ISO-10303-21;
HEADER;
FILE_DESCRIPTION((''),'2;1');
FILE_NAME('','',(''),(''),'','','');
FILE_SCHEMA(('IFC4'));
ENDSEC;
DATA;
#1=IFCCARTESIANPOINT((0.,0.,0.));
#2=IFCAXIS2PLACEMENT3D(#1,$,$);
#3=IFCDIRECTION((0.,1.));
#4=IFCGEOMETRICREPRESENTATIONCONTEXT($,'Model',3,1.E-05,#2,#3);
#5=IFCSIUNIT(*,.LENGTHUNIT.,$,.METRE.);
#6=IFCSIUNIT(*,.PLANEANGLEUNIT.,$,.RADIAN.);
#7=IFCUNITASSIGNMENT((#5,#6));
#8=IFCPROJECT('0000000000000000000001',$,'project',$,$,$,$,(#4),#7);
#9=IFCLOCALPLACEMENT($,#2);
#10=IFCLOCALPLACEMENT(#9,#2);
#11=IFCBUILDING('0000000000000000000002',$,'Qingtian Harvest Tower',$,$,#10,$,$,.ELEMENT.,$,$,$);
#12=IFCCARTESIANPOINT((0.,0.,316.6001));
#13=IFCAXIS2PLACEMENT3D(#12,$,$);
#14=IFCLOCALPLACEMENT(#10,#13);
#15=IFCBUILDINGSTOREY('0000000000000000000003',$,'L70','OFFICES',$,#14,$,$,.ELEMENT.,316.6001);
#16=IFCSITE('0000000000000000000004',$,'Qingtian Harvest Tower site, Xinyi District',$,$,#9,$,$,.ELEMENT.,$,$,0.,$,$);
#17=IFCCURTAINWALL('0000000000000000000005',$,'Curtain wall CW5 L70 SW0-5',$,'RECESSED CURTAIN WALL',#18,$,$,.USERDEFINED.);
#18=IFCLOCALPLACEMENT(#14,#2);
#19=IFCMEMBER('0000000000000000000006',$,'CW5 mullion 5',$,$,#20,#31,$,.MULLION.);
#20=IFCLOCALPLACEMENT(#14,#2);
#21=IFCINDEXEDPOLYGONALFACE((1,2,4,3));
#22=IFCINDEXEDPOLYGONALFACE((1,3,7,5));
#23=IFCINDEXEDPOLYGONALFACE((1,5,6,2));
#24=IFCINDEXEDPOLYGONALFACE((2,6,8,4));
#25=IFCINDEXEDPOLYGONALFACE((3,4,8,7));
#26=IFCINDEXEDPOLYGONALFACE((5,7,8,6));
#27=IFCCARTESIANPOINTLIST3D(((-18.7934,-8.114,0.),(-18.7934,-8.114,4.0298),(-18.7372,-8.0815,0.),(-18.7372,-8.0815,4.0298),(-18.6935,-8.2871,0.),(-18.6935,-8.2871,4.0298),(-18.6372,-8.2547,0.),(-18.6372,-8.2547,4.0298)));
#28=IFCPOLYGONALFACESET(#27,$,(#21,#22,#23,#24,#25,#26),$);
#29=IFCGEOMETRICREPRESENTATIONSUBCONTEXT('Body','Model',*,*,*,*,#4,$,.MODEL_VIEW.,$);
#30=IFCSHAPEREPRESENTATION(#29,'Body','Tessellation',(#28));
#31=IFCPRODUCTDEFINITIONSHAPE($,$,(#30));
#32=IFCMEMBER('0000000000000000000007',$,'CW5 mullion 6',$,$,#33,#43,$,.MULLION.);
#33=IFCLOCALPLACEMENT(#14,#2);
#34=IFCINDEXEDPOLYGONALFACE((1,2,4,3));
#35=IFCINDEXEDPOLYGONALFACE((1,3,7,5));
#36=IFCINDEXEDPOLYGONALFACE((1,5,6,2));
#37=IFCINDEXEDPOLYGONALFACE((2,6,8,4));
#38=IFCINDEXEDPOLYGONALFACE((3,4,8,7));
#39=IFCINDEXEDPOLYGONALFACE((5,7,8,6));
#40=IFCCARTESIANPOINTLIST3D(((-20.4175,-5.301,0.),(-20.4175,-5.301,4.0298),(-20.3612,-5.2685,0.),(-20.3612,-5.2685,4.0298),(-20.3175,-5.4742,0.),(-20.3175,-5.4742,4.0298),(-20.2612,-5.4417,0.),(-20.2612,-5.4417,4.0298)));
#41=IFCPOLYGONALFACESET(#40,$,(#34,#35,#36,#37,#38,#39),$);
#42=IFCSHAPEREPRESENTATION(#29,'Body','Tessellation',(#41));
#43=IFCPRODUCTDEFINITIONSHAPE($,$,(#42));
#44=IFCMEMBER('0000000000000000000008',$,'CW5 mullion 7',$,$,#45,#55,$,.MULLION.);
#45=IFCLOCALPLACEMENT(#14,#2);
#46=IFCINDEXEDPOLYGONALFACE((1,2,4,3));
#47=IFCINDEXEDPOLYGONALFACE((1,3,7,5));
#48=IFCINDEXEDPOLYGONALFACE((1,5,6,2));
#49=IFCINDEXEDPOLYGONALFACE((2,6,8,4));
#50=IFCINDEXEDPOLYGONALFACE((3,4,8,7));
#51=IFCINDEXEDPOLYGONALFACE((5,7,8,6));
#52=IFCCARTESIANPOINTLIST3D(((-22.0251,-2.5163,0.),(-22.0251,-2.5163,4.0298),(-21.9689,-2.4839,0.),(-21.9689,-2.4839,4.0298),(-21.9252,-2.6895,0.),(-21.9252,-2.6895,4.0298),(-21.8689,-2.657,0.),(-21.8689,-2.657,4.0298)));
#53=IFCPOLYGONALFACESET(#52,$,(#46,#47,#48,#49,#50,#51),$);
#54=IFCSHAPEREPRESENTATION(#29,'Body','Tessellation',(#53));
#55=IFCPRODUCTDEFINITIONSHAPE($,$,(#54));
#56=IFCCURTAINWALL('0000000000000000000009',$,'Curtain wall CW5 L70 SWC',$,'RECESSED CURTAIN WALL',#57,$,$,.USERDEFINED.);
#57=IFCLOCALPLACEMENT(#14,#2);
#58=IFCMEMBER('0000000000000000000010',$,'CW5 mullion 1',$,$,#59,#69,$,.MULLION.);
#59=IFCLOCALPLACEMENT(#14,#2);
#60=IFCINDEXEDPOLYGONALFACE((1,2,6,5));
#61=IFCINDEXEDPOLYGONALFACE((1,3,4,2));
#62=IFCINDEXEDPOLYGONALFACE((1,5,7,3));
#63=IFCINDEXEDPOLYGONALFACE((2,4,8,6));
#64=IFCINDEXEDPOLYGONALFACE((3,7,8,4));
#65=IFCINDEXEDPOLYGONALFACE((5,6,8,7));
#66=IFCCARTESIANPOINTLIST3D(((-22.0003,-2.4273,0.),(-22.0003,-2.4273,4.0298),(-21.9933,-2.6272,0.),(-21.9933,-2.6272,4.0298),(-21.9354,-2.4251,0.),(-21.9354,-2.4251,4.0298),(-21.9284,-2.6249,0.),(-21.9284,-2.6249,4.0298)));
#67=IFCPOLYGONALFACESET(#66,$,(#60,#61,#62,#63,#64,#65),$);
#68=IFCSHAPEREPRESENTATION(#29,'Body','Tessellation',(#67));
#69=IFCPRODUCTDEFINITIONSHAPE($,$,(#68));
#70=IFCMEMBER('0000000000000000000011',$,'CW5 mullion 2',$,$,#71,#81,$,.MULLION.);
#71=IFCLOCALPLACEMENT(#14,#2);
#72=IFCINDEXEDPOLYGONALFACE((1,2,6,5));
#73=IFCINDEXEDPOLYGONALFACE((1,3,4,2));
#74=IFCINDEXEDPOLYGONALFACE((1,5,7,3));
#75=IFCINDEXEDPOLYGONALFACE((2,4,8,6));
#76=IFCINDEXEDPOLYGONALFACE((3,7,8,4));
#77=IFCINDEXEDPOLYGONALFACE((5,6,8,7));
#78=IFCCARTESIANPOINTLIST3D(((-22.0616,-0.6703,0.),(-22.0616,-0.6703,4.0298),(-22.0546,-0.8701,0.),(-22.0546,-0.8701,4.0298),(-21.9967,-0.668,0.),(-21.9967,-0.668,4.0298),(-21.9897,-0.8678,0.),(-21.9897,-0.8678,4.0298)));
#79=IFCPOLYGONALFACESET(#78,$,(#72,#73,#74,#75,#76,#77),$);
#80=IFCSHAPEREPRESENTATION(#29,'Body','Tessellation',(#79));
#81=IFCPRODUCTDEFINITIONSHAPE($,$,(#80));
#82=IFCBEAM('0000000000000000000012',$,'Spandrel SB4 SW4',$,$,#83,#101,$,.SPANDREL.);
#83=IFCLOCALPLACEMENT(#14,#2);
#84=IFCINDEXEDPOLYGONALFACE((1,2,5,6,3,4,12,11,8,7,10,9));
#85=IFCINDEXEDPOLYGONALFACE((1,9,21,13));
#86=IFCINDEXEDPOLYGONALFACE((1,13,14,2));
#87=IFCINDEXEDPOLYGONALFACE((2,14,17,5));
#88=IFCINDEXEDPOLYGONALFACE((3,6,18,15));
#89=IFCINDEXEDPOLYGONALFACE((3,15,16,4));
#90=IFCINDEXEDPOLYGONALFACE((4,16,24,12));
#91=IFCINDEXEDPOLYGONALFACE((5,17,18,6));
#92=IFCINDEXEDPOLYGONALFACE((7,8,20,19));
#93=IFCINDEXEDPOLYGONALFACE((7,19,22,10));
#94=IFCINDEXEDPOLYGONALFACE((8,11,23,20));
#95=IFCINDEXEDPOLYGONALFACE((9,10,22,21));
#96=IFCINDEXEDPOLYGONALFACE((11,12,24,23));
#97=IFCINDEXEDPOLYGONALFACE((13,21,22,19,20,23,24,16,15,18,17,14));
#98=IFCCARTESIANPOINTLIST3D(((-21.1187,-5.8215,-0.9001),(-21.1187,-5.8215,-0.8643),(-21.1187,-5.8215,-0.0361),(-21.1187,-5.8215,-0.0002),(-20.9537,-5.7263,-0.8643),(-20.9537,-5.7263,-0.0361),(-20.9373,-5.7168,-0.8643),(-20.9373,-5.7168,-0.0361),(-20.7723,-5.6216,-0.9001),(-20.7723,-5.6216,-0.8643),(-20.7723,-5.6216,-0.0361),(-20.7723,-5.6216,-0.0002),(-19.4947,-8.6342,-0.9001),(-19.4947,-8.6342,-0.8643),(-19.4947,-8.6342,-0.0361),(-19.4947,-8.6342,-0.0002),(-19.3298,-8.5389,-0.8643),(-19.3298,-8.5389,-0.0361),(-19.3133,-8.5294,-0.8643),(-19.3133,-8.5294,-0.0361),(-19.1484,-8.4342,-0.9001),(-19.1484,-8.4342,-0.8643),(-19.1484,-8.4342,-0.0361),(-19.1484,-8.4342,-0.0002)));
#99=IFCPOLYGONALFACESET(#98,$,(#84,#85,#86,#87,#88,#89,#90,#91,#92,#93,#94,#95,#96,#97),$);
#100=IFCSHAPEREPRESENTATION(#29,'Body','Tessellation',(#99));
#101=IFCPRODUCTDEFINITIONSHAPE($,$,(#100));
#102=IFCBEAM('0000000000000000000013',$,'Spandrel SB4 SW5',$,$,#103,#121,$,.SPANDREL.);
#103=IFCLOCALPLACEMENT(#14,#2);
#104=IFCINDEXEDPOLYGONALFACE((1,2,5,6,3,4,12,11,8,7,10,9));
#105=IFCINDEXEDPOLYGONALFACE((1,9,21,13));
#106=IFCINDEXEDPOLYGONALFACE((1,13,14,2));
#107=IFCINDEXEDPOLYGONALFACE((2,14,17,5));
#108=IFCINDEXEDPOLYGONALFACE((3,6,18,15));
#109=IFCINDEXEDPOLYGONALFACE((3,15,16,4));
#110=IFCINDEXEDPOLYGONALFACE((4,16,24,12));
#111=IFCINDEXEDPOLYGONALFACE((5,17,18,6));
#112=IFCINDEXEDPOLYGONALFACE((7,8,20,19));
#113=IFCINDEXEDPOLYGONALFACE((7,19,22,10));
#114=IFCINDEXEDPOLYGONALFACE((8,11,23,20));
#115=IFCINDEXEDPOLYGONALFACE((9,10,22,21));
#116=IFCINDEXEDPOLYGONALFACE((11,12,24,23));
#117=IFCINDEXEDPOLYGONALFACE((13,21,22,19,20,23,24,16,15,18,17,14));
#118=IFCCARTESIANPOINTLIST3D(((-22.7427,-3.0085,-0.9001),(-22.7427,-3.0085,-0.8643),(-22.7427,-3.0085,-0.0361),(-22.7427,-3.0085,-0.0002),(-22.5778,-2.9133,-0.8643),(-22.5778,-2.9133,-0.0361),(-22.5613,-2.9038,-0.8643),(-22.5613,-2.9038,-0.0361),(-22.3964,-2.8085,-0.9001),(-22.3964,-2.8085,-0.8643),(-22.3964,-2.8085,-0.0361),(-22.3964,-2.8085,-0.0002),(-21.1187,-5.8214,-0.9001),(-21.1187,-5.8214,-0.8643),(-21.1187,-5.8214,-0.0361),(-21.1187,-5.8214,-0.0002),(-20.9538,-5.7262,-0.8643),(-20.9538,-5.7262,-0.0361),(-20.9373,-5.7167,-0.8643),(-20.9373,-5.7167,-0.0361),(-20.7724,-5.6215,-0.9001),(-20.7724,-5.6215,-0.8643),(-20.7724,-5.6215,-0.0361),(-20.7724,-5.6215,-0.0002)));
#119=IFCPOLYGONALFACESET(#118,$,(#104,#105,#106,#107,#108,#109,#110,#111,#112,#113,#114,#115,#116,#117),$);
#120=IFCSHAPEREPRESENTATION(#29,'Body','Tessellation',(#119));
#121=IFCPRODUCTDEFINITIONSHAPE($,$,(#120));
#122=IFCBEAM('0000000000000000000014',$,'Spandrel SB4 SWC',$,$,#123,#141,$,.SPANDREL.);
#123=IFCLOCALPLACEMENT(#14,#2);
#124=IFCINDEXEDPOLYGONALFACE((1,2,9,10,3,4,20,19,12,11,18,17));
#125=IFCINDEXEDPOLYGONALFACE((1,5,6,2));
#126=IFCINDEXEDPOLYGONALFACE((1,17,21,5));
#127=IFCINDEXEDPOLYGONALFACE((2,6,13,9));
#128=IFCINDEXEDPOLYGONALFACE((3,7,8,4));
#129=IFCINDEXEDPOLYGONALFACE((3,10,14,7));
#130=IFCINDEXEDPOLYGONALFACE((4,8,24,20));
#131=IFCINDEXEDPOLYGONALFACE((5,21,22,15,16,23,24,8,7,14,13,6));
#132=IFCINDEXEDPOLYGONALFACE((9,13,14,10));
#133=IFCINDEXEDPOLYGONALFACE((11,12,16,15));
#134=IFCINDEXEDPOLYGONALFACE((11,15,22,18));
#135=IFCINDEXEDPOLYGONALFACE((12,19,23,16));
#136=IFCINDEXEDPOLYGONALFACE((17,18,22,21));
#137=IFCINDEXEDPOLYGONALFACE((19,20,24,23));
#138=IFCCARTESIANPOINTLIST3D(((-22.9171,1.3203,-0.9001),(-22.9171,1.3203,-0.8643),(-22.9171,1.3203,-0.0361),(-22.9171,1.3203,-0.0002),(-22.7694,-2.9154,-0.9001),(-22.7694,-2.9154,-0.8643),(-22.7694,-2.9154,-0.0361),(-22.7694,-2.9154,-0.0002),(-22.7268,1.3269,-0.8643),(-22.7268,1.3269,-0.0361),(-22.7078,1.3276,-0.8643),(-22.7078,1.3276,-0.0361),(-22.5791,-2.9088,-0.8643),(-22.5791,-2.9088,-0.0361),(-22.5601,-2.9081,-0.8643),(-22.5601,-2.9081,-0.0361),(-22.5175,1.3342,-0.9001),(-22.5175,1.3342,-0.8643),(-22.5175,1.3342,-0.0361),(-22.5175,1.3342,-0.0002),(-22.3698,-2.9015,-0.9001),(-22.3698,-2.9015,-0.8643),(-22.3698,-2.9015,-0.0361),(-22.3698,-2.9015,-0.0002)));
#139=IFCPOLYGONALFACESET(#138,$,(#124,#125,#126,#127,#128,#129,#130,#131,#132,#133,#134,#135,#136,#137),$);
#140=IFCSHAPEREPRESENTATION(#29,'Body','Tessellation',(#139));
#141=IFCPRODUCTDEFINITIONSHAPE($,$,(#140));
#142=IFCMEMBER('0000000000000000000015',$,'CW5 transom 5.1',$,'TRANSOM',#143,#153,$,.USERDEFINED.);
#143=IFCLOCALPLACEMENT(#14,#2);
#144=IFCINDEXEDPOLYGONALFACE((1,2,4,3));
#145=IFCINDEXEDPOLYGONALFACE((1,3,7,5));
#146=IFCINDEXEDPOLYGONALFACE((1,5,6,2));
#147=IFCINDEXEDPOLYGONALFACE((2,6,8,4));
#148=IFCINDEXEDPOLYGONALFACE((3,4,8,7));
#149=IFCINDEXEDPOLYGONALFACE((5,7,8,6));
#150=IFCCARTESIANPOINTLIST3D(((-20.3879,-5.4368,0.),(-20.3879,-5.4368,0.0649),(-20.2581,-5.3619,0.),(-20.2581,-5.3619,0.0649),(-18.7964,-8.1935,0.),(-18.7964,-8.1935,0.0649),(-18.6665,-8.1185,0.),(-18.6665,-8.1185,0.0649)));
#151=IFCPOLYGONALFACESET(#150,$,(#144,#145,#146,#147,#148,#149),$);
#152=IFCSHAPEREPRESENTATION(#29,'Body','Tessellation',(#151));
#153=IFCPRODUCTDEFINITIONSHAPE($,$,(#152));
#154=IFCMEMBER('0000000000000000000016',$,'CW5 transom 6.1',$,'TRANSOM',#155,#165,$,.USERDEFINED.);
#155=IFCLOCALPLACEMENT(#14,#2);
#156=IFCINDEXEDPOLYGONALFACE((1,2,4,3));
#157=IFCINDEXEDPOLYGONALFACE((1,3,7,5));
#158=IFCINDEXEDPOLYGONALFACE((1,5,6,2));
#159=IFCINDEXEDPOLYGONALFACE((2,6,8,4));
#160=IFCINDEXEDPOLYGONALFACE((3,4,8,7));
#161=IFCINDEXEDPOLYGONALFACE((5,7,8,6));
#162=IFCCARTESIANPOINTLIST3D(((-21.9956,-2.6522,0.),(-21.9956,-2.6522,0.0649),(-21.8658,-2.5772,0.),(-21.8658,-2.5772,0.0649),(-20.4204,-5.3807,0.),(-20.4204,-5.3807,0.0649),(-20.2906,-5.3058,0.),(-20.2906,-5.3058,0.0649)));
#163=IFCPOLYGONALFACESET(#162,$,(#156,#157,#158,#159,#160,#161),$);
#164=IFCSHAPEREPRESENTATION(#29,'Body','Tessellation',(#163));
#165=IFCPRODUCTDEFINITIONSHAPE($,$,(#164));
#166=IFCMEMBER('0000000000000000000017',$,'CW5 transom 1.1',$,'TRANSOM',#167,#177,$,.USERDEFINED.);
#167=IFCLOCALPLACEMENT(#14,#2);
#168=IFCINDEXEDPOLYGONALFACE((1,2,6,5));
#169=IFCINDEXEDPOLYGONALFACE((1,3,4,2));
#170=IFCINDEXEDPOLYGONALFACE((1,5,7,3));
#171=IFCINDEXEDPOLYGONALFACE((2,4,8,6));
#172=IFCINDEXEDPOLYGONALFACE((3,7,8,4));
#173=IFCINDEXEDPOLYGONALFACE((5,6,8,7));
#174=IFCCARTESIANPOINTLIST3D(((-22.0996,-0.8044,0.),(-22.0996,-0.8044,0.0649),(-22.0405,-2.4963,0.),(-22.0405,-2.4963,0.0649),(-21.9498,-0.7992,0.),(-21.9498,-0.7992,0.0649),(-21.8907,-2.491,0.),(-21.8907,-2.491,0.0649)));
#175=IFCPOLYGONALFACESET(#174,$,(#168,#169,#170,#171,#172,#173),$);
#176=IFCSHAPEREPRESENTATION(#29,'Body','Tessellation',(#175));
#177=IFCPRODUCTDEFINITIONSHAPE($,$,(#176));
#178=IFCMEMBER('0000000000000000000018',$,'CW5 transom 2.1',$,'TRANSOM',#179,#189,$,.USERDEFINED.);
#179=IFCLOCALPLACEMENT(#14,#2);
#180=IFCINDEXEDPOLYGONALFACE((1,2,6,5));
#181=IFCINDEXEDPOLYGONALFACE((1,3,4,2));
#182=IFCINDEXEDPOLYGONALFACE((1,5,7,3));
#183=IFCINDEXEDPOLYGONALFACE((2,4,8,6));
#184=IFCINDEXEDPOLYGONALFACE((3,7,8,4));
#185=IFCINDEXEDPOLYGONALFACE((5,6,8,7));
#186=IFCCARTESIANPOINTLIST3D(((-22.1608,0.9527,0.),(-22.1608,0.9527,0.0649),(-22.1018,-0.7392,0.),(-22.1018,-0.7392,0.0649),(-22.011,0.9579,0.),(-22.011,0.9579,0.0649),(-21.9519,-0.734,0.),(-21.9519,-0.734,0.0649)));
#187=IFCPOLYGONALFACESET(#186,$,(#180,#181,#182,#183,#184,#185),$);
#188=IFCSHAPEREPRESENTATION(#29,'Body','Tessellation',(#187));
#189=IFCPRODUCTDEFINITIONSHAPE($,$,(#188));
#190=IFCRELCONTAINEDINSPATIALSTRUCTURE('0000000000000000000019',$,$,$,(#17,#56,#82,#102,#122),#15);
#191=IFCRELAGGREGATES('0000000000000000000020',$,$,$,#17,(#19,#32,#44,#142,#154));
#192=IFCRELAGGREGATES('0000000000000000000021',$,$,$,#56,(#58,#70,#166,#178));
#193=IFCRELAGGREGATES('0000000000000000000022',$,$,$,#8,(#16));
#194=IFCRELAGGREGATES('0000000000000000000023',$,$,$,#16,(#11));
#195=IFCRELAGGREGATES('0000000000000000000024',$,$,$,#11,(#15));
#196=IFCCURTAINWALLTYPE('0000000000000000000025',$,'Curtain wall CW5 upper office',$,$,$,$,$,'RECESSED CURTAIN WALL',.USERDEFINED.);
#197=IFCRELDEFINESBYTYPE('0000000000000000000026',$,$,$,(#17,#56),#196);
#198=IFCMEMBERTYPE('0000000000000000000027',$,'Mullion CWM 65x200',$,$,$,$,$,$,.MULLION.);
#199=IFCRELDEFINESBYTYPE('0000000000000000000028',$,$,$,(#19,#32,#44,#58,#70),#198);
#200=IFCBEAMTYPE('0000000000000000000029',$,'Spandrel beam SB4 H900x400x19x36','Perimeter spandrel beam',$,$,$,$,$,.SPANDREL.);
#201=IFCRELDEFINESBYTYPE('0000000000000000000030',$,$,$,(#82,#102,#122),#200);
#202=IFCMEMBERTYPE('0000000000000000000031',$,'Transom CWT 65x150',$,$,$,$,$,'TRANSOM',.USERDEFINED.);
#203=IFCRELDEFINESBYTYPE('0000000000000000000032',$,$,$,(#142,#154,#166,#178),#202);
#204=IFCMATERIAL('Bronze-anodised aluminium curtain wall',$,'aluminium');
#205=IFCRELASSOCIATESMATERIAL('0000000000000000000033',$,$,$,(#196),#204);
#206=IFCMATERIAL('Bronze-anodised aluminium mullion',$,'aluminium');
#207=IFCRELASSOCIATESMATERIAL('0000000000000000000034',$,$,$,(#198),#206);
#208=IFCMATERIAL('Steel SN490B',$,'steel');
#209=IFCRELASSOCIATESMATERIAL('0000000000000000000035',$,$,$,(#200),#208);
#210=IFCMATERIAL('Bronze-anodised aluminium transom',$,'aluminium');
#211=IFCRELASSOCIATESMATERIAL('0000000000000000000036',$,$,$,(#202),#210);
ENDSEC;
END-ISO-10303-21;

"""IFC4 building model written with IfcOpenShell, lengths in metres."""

from ifc_helpers import new_model, si_unit, direction, frame, origin, origin_2d, place, context, subcontext, project, spatial, rectangle, i_section, extrude, material, material_profile, profile_set, type_object, element, aggregate, save


model = new_model("IFC4")

# Units and contexts
model_context = context("Model", 3, precision=1e-05, world=origin(), true_north=direction((0.0, 1.0)))
body_context = subcontext(model_context, "Body", "Model", "MODEL_VIEW")
ifc_project = project(units=[si_unit("LENGTHUNIT", "METRE"), si_unit("PLANEANGLEUNIT", "RADIAN")], contexts=[model_context])

# Site, building, storey
site_placement = place(None, origin())
site = spatial("IfcSite", under=ifc_project, at=site_placement, Name="Qingtian Harvest Tower site, Xinyi District", CompositionType="ELEMENT", RefElevation=0.0)
building_placement = place(site_placement, origin())
building = spatial("IfcBuilding", under=site, at=building_placement, Name="Qingtian Harvest Tower", CompositionType="ELEMENT")
storey_placement = place(building_placement, frame((0.0, 0.0, 316.6001)))
storey = spatial("IfcBuildingStorey", under=building, at=storey_placement, Name="L70", Description="OFFICES", CompositionType="ELEMENT", Elevation=316.6001)

# Curtain walls, members
ifc_material_1 = material(Name="Bronze-anodised aluminium curtain wall", Category="aluminium")
curtain_wall_type = type_object("IfcCurtainWallType", Name="Curtain wall CW5 upper office", ElementType="RECESSED CURTAIN WALL", PredefinedType="USERDEFINED", material=ifc_material_1)
curtain_wall_1_placement = place(storey_placement, origin())
curtain_wall_1 = element("IfcCurtainWall", 1, at=curtain_wall_1_placement, inside=storey, type_object=curtain_wall_type, Name="Curtain wall CW5 L70 SW0-5", ObjectType="RECESSED CURTAIN WALL", PredefinedType="USERDEFINED")
ifc_material_2 = material(Name="Bronze-anodised aluminium mullion", Category="aluminium")
ifc_material_profile_1 = material_profile(ifc_material_2, rectangle(XDim=0.0649, YDim=0.2, at=origin_2d()), Name="AL 65x200")
ifc_profile_set_1 = profile_set([ifc_material_profile_1], Name="Bronze-anodised aluminium mullion")
member_type_1 = type_object("IfcMemberType", Name="Mullion CWM 65x200", PredefinedType="MULLION", material=ifc_profile_set_1)
member_1_placement = place(storey_placement, frame((-18.7153, -8.1843, 0.0), z_axis=(0.0, 0.0, 1.0), x_axis=(-0.866025, -0.5, 0.0)))
member_1 = element("IfcMember", 2, at=member_1_placement, type_object=member_type_1, Name="CW5 mullion 5", PredefinedType="MULLION", context=body_context, shape_type="SweptSolid", body=[
    extrude(rectangle(XDim=0.0649, YDim=0.2, at=origin_2d()), origin(), (0.0, 0.0, 1.0), 4.0298),
])
member_2_placement = place(storey_placement, frame((-20.3394, -5.3713, 0.0), z_axis=(0.0, 0.0, 1.0), x_axis=(-0.866025, -0.5, 0.0)))
member_2 = element("IfcMember", 3, at=member_2_placement, type_object=member_type_1, Name="CW5 mullion 6", PredefinedType="MULLION", context=body_context, shape_type="SweptSolid", body=[
    extrude(rectangle(XDim=0.0649, YDim=0.2, at=origin_2d()), origin(), (0.0, 0.0, 1.0), 4.0298),
])
member_3_placement = place(storey_placement, frame((-21.947, -2.5867, 0.0), z_axis=(0.0, 0.0, 1.0), x_axis=(-0.866025, -0.5, 0.0)))
member_3 = element("IfcMember", 4, at=member_3_placement, type_object=member_type_1, Name="CW5 mullion 7", PredefinedType="MULLION", context=body_context, shape_type="SweptSolid", body=[
    extrude(rectangle(XDim=0.0649, YDim=0.2, at=origin_2d()), origin(), (0.0, 0.0, 1.0), 4.0298),
])
curtain_wall_2_placement = place(storey_placement, origin())
curtain_wall_2 = element("IfcCurtainWall", 5, at=curtain_wall_2_placement, inside=storey, type_object=curtain_wall_type, Name="Curtain wall CW5 L70 SWC", ObjectType="RECESSED CURTAIN WALL", PredefinedType="USERDEFINED")
member_4_placement = place(storey_placement, frame((-21.9644, -2.5261, 0.0), z_axis=(0.0, 0.0, 1.0), x_axis=(-0.999391, -0.034899, 0.0)))
member_4 = element("IfcMember", 6, at=member_4_placement, type_object=member_type_1, Name="CW5 mullion 1", PredefinedType="MULLION", context=body_context, shape_type="SweptSolid", body=[
    extrude(rectangle(XDim=0.0649, YDim=0.2, at=origin_2d()), origin(), (0.0, 0.0, 1.0), 4.0298),
])
member_5_placement = place(storey_placement, frame((-22.0256, -0.769, 0.0), z_axis=(0.0, 0.0, 1.0), x_axis=(-0.999391, -0.034899, 0.0)))
member_5 = element("IfcMember", 7, at=member_5_placement, type_object=member_type_1, Name="CW5 mullion 2", PredefinedType="MULLION", context=body_context, shape_type="SweptSolid", body=[
    extrude(rectangle(XDim=0.0649, YDim=0.2, at=origin_2d()), origin(), (0.0, 0.0, 1.0), 4.0298),
])

# Beams
ifc_material_3 = material(Name="Steel SN490B", Category="steel")
ifc_material_profile_2 = material_profile(ifc_material_3, i_section(OverallWidth=0.3999, OverallDepth=0.8999, WebThickness=0.019, FlangeThickness=0.0359, at=origin_2d()), Name="H900x400x19x36")
ifc_profile_set_2 = profile_set([ifc_material_profile_2], Name="Steel SN490B")
beam_type_1 = type_object("IfcBeamType", Name="Spandrel beam SB4 H900x400x19x36", Description="Perimeter spandrel beam", PredefinedType="SPANDREL", material=ifc_profile_set_2)
beam_1_placement = place(storey_placement, frame((-19.3215, -8.5342, -0.4502), z_axis=(-0.50002, 0.866014, 0.0), x_axis=(-0.866014, -0.50002, 0.0)))
element("IfcBeam", 8, at=beam_1_placement, inside=storey, type_object=beam_type_1, Name="Spandrel SB4 SW4", PredefinedType="SPANDREL", context=body_context, shape_type="SweptSolid", body=[
    extrude(i_section(OverallWidth=0.3999, OverallDepth=0.8999, WebThickness=0.019, FlangeThickness=0.0359, at=origin_2d()), origin(), (0.0, 0.0, 1.0), 3.2478),
])
beam_2_placement = place(storey_placement, frame((-20.9456, -5.7214, -0.4502), z_axis=(-0.499987, 0.866033, 0.0), x_axis=(-0.866033, -0.499987, 0.0)))
element("IfcBeam", 9, at=beam_2_placement, inside=storey, type_object=beam_type_1, Name="Spandrel SB4 SW5", PredefinedType="SPANDREL", context=body_context, shape_type="SweptSolid", body=[
    extrude(i_section(OverallWidth=0.3999, OverallDepth=0.8999, WebThickness=0.019, FlangeThickness=0.0359, at=origin_2d()), origin(), (0.0, 0.0, 1.0), 3.248),
])
beam_3_placement = place(storey_placement, frame((-22.5696, -2.9084, -0.4502), z_axis=(-0.034851, 0.999393, 0.0), x_axis=(-0.999393, -0.034851, 0.0)))
element("IfcBeam", 10, at=beam_3_placement, inside=storey, type_object=beam_type_1, Name="Spandrel SB4 SWC", PredefinedType="SPANDREL", context=body_context, shape_type="SweptSolid", body=[
    extrude(i_section(OverallWidth=0.3999, OverallDepth=0.8999, WebThickness=0.019, FlangeThickness=0.0359, at=origin_2d()), origin(), (0.0, 0.0, 1.0), 4.2383),
])

# Members
ifc_material_4 = material(Name="Bronze-anodised aluminium transom", Category="aluminium")
ifc_material_profile_3 = material_profile(ifc_material_4, rectangle(XDim=0.1499, YDim=0.0649, at=origin_2d()), Name="AL 65x150")
ifc_profile_set_3 = profile_set([ifc_material_profile_3], Name="Bronze-anodised aluminium transom")
member_type_2 = type_object("IfcMemberType", Name="Transom CWT 65x150", ElementType="TRANSOM", PredefinedType="USERDEFINED", material=ifc_profile_set_3)
member_6_placement = place(storey_placement, frame((-18.7314, -8.156, 0.0325), z_axis=(-0.500008, 0.866021, 0.0), x_axis=(-0.866021, -0.500008, 0.0)))
member_6 = element("IfcMember", 11, at=member_6_placement, type_object=member_type_2, Name="CW5 transom 5.1", ObjectType="TRANSOM", PredefinedType="USERDEFINED", context=body_context, shape_type="SweptSolid", body=[
    extrude(rectangle(XDim=0.1499, YDim=0.0649, at=origin_2d()), origin(), (0.0, 0.0, 1.0), 3.1831),
])
member_7_placement = place(storey_placement, frame((-20.3555, -5.3433, 0.0325), z_axis=(-0.499973, 0.866041, 0.0), x_axis=(-0.866041, -0.499973, 0.0)))
member_7 = element("IfcMember", 12, at=member_7_placement, type_object=member_type_2, Name="CW5 transom 6.1", ObjectType="TRANSOM", PredefinedType="USERDEFINED", context=body_context, shape_type="SweptSolid", body=[
    extrude(rectangle(XDim=0.1499, YDim=0.0649, at=origin_2d()), origin(), (0.0, 0.0, 1.0), 3.1506),
])
member_8_placement = place(storey_placement, frame((-21.9656, -2.4937, 0.0325), z_axis=(-0.034899, 0.999391, 0.0), x_axis=(-0.999391, -0.034899, 0.0)))
member_8 = element("IfcMember", 13, at=member_8_placement, type_object=member_type_2, Name="CW5 transom 1.1", ObjectType="TRANSOM", PredefinedType="USERDEFINED", context=body_context, shape_type="SweptSolid", body=[
    extrude(rectangle(XDim=0.1499, YDim=0.0649, at=origin_2d()), origin(), (0.0, 0.0, 1.0), 1.6929),
])
member_9_placement = place(storey_placement, frame((-22.0269, -0.7366, 0.0325), z_axis=(-0.034899, 0.999391, 0.0), x_axis=(-0.999391, -0.034899, 0.0)))
member_9 = element("IfcMember", 14, at=member_9_placement, type_object=member_type_2, Name="CW5 transom 2.1", ObjectType="TRANSOM", PredefinedType="USERDEFINED", context=body_context, shape_type="SweptSolid", body=[
    extrude(rectangle(XDim=0.1499, YDim=0.0649, at=origin_2d()), origin(), (0.0, 0.0, 1.0), 1.6929),
])

aggregate(curtain_wall_1, [member_1, member_2, member_3, member_6, member_7])
aggregate(curtain_wall_2, [member_4, member_5, member_8, member_9])

save(model, "model.ifc")
